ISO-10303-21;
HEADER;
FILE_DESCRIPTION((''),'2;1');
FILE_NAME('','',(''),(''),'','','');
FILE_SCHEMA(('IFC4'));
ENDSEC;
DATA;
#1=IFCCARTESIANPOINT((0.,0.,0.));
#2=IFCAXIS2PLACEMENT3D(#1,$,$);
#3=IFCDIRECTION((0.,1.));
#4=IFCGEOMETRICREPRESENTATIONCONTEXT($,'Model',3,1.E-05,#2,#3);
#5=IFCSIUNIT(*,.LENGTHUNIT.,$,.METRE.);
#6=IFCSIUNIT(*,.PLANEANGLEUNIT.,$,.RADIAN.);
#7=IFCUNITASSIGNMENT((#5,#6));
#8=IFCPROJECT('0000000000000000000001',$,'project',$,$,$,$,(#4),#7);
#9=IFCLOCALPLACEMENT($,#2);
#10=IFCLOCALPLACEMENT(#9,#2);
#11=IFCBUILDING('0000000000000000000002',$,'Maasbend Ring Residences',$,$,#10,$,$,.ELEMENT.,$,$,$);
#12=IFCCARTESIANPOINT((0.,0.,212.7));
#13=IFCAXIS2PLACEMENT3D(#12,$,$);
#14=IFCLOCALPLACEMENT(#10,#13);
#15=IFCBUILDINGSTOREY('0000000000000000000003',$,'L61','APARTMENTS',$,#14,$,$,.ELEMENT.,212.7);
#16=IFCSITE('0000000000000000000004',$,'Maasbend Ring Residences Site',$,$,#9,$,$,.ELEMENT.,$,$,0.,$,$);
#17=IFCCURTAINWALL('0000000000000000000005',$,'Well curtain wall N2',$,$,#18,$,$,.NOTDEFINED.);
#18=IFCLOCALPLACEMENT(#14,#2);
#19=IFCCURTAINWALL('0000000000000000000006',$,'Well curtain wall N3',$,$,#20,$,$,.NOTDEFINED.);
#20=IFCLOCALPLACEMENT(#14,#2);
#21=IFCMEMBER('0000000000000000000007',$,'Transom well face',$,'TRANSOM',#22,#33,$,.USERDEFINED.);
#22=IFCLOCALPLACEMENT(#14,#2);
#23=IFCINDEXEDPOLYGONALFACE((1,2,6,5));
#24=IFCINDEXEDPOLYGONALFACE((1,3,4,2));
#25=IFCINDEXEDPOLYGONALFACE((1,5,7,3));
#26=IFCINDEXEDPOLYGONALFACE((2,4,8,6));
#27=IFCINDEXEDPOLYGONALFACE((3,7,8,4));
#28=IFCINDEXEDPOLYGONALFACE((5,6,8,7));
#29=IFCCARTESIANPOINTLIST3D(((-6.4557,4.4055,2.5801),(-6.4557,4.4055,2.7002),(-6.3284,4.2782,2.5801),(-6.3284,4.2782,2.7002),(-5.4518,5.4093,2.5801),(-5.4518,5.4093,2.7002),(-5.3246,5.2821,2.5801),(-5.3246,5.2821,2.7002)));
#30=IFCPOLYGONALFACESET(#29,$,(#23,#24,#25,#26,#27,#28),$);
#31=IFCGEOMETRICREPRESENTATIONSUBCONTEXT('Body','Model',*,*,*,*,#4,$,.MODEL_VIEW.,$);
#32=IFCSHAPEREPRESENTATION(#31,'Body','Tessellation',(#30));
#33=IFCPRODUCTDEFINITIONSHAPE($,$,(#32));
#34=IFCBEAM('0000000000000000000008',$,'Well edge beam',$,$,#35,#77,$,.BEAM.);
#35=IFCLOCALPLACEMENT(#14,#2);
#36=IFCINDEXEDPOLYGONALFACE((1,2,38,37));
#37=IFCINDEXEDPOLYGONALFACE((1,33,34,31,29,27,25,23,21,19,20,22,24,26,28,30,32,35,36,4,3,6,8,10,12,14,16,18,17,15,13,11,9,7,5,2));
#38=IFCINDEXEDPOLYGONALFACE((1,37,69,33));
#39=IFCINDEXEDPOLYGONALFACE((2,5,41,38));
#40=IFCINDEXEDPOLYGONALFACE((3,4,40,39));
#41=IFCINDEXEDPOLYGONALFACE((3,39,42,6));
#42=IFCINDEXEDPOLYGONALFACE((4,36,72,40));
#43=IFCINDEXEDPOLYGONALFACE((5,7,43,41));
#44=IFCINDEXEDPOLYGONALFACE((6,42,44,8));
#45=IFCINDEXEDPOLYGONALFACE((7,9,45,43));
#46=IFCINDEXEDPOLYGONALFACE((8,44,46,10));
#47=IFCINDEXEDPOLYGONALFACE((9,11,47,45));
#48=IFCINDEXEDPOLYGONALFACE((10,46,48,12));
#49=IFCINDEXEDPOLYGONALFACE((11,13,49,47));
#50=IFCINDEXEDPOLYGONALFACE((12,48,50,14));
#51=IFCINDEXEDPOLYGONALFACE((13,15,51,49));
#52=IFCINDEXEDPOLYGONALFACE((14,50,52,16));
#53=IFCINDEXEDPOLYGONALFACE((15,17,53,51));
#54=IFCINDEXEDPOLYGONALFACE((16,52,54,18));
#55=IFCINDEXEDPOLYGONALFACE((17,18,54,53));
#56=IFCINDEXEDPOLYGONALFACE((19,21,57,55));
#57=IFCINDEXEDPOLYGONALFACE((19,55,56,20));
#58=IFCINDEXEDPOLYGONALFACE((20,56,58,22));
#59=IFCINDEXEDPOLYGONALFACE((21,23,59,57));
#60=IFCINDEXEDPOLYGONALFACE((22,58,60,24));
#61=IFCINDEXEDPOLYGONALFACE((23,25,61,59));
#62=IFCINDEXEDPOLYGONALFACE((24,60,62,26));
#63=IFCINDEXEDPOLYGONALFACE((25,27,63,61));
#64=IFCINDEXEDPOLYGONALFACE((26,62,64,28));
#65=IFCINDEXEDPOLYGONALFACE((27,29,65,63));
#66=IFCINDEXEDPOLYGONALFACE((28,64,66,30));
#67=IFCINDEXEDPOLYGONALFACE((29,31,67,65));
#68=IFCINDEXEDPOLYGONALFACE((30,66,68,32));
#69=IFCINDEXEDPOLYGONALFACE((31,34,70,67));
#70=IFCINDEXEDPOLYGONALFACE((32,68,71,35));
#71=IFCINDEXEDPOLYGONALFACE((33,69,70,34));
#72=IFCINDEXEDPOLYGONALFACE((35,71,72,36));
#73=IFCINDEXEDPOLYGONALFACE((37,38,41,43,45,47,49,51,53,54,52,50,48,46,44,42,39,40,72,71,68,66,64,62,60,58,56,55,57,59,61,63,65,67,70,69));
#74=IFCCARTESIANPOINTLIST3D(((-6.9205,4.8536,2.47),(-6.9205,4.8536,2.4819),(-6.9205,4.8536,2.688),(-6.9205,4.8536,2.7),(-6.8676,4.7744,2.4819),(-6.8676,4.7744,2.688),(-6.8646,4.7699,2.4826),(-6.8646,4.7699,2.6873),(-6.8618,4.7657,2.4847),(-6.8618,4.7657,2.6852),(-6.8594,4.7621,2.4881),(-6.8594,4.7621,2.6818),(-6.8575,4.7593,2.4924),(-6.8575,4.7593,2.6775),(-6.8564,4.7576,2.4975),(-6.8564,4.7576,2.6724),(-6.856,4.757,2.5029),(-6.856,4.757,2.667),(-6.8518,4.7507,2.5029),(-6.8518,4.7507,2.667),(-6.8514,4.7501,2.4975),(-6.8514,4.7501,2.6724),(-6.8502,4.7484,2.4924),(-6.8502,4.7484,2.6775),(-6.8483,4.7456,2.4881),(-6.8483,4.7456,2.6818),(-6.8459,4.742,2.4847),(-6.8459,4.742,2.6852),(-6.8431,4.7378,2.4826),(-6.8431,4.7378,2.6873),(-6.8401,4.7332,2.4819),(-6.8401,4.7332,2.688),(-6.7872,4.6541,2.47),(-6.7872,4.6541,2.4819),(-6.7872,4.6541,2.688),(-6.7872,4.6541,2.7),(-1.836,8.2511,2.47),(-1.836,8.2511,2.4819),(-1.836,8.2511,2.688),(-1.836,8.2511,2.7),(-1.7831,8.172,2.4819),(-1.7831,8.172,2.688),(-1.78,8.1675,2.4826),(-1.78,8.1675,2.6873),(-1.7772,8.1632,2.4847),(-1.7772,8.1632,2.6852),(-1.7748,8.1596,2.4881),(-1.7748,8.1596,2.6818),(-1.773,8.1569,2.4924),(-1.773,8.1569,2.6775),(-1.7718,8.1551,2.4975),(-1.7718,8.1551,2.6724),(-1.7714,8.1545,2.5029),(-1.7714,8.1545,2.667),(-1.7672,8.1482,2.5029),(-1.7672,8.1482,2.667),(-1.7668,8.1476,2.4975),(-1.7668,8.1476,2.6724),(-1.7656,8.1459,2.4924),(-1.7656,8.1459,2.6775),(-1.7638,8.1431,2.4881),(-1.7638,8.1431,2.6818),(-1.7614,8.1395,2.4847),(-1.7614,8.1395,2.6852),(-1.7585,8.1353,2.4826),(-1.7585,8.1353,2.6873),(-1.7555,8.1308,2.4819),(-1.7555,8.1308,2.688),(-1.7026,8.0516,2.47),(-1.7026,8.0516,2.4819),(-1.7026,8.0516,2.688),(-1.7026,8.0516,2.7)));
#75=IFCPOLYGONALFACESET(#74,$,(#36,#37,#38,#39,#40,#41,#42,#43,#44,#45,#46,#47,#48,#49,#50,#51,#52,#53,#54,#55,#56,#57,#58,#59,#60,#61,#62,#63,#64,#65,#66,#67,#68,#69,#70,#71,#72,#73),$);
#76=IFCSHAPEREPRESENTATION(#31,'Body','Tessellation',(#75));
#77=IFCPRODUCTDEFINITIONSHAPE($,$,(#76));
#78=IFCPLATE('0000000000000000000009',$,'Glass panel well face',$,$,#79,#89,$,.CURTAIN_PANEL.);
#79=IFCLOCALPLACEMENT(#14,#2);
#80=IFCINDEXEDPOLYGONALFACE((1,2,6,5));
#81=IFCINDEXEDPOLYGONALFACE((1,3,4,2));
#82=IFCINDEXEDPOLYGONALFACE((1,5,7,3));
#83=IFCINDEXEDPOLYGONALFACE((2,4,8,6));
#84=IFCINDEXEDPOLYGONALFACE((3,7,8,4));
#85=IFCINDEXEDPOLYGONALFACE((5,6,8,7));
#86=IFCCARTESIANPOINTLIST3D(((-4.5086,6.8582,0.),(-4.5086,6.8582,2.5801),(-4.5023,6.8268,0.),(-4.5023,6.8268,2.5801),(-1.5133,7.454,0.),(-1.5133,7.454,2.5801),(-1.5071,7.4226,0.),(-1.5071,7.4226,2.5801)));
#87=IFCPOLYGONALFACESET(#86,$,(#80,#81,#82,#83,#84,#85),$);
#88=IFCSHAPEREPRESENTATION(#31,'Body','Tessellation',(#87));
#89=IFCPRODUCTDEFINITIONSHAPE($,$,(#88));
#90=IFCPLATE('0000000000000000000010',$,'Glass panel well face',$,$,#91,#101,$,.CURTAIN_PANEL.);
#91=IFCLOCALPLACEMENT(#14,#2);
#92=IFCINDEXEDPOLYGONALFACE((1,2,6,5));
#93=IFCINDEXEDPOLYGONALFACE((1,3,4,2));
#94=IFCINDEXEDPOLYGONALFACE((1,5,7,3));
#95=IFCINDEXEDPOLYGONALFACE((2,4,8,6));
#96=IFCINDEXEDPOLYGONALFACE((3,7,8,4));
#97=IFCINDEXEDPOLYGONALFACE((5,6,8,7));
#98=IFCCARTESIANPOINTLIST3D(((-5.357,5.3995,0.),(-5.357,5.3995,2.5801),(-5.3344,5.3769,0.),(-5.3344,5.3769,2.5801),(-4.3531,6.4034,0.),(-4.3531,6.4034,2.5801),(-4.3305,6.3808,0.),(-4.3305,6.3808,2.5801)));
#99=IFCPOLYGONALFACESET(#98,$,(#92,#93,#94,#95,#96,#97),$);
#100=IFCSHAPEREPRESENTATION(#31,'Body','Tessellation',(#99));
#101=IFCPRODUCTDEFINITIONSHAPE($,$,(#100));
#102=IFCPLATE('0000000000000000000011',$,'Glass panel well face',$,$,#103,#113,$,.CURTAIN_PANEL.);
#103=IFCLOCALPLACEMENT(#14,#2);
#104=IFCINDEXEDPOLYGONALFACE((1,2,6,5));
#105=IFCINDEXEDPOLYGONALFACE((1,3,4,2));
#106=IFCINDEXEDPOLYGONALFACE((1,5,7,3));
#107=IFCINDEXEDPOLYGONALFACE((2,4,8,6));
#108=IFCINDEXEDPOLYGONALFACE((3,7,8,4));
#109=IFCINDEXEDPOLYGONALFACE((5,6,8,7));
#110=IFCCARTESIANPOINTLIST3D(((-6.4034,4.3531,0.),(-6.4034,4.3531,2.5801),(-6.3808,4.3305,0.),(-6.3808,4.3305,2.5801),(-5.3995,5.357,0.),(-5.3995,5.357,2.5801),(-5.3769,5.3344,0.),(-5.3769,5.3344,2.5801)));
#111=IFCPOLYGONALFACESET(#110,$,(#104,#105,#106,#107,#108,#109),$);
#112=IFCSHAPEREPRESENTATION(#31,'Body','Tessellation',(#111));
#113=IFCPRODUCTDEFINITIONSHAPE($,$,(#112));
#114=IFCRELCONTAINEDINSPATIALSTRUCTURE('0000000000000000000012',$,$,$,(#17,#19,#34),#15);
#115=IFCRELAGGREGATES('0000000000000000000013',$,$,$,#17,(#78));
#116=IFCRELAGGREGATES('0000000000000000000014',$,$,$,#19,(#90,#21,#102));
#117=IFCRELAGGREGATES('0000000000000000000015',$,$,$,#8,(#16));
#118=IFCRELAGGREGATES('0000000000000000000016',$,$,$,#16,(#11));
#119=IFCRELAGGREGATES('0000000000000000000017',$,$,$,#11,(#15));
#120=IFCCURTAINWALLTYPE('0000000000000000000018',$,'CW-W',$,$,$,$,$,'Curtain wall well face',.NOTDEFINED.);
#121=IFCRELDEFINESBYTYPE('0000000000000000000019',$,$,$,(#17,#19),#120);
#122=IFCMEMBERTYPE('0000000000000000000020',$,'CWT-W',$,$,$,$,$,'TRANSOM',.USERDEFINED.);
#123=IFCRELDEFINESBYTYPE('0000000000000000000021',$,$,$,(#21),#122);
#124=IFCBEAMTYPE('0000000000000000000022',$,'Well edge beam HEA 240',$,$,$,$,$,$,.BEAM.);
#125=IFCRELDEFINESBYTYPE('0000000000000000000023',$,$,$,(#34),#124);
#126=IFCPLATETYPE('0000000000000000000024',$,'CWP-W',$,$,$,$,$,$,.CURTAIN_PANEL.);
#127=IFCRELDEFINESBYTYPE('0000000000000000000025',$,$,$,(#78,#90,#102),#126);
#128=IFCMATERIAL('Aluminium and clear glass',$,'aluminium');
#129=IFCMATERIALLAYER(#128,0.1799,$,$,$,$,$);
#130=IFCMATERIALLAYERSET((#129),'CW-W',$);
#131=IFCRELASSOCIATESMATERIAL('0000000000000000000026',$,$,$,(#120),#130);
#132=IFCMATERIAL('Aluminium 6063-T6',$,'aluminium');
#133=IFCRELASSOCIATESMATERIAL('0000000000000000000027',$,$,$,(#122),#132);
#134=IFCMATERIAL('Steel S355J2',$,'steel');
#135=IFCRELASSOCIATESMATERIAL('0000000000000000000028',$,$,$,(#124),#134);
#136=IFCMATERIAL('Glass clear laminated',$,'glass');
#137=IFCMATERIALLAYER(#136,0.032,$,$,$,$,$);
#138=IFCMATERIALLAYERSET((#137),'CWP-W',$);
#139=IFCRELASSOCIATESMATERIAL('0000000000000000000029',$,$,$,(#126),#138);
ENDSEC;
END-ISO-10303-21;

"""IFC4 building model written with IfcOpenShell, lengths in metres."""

from ifc_helpers import new_model, si_unit, direction, frame, origin, origin_2d, place, context, subcontext, project, spatial, rectangle, i_section, extrude, material, layer, layer_set, material_profile, profile_set, type_object, element, aggregate, save


model = new_model("IFC4")

# Units and contexts
model_context = context("Model", 3, precision=1e-05, world=origin(), true_north=direction((0.0, 1.0)))
body_context = subcontext(model_context, "Body", "Model", "MODEL_VIEW")
ifc_project = project(units=[si_unit("LENGTHUNIT", "METRE"), si_unit("PLANEANGLEUNIT", "RADIAN")], contexts=[model_context])

# Site, building, storey
site_placement = place(None, origin())
site = spatial("IfcSite", under=ifc_project, at=site_placement, Name="Maasbend Ring Residences Site", CompositionType="ELEMENT", RefElevation=0.0)
building_placement = place(site_placement, origin())
building = spatial("IfcBuilding", under=site, at=building_placement, Name="Maasbend Ring Residences", CompositionType="ELEMENT")
storey_placement = place(building_placement, frame((0.0, 0.0, 212.7)))
storey = spatial("IfcBuildingStorey", under=building, at=storey_placement, Name="L61", Description="APARTMENTS", CompositionType="ELEMENT", Elevation=212.7)

# Curtain walls
ifc_material_1 = material(Name="Aluminium and clear glass", Category="aluminium")
ifc_layer_1 = layer(ifc_material_1, 0.1799)
ifc_layer_set_1 = layer_set([ifc_layer_1], Name="CW-W")
curtain_wall_type = type_object("IfcCurtainWallType", Name="CW-W", ElementType="Curtain wall well face", PredefinedType="NOTDEFINED", material=ifc_layer_set_1)
curtain_wall_1_placement = place(storey_placement, origin())
curtain_wall_1 = element("IfcCurtainWall", 1, at=curtain_wall_1_placement, inside=storey, type_object=curtain_wall_type, Name="Well curtain wall N2", PredefinedType="NOTDEFINED")
curtain_wall_2_placement = place(storey_placement, origin())
curtain_wall_2 = element("IfcCurtainWall", 2, at=curtain_wall_2_placement, inside=storey, type_object=curtain_wall_type, Name="Well curtain wall N3", PredefinedType="NOTDEFINED")

# Member
ifc_material_2 = material(Name="Aluminium 6063-T6", Category="aluminium")
ifc_material_profile_1 = material_profile(ifc_material_2, rectangle(XDim=0.1799, YDim=0.1201, at=origin_2d()), Name="AL 180x120")
ifc_profile_set_1 = profile_set([ifc_material_profile_1], Name="Aluminium 6063-T6")
member_type_1 = type_object("IfcMemberType", Name="CWT-W", ElementType="TRANSOM", PredefinedType="USERDEFINED", material=ifc_profile_set_1)
member_1_placement = place(storey_placement, frame((-5.3882, 5.3457, 2.6401), z_axis=(-0.707107, -0.707107, 0.0), x_axis=(0.707107, -0.707107, 0.0)))
member_1 = element("IfcMember", 3, at=member_1_placement, type_object=member_type_1, Name="Transom well face", ObjectType="TRANSOM", PredefinedType="USERDEFINED", context=body_context, shape_type="SweptSolid", body=[
    extrude(rectangle(XDim=0.1799, YDim=0.1201, at=origin_2d()), origin(), (0.0, 0.0, 1.0), 1.4197),
])

# Beam
ifc_material_3 = material(Name="Steel S355J2", Category="steel")
ifc_material_profile_2 = material_profile(ifc_material_3, i_section(OverallWidth=0.24, OverallDepth=0.23, WebThickness=0.0076, FlangeThickness=0.012, FilletRadius=0.021, at=origin_2d()), Name="HEA 240")
ifc_profile_set_2 = profile_set([ifc_material_profile_2], Name="Steel S355J2")
beam_type = type_object("IfcBeamType", Name="Well edge beam HEA 240", PredefinedType="BEAM", material=ifc_profile_set_2)
beam_placement = place(storey_placement, frame((-1.7693, 8.1514, 2.585), z_axis=(-0.83146, -0.555584, 0.0), x_axis=(0.555584, -0.83146, 0.0)))
element("IfcBeam", 4, at=beam_placement, inside=storey, type_object=beam_type, Name="Well edge beam", PredefinedType="BEAM", context=body_context, shape_type="SweptSolid", body=[
    extrude(i_section(OverallWidth=0.24, OverallDepth=0.23, WebThickness=0.0076, FlangeThickness=0.012, FilletRadius=0.021, at=origin_2d()), origin(), (0.0, 0.0, 1.0), 6.1152),
])

# Plates
ifc_material_4 = material(Name="Glass clear laminated", Category="glass")
ifc_layer_2 = layer(ifc_material_4, 0.032)
ifc_layer_set_2 = layer_set([ifc_layer_2], Name="CWP-W")
plate_type = type_object("IfcPlateType", Name="CWP-W", PredefinedType="CURTAIN_PANEL", material=ifc_layer_set_2)
plate_1_placement = place(storey_placement, frame((-3.0078, 7.1404, 0.0), z_axis=(0.0, 0.0, 1.0), x_axis=(-0.980785, -0.19509, 0.0)))
plate_1 = element("IfcPlate", 5, at=plate_1_placement, type_object=plate_type, Name="Glass panel well face", PredefinedType="CURTAIN_PANEL", context=body_context, shape_type="SweptSolid", body=[
    extrude(rectangle(XDim=3.054, YDim=0.032, at=origin_2d()), origin(), (0.0, 0.0, 1.0), 2.5801),
])
aggregate(curtain_wall_1, [plate_1])
plate_2_placement = place(storey_placement, frame((-4.8438, 5.8901, 0.0), z_axis=(0.0, 0.0, 1.0), x_axis=(-0.707107, -0.707107, 0.0)))
plate_2 = element("IfcPlate", 6, at=plate_2_placement, type_object=plate_type, Name="Glass panel well face", PredefinedType="CURTAIN_PANEL", context=body_context, shape_type="SweptSolid", body=[
    extrude(rectangle(XDim=1.4197, YDim=0.032, at=origin_2d()), origin(), (0.0, 0.0, 1.0), 2.5801),
])
plate_3_placement = place(storey_placement, frame((-5.8901, 4.8438, 0.0), z_axis=(0.0, 0.0, 1.0), x_axis=(-0.707107, -0.707107, 0.0)))
plate_3 = element("IfcPlate", 7, at=plate_3_placement, type_object=plate_type, Name="Glass panel well face", PredefinedType="CURTAIN_PANEL", context=body_context, shape_type="SweptSolid", body=[
    extrude(rectangle(XDim=1.4197, YDim=0.032, at=origin_2d()), origin(), (0.0, 0.0, 1.0), 2.5801),
])
aggregate(curtain_wall_2, [plate_2, member_1, plate_3])

save(model, "model.ifc")
